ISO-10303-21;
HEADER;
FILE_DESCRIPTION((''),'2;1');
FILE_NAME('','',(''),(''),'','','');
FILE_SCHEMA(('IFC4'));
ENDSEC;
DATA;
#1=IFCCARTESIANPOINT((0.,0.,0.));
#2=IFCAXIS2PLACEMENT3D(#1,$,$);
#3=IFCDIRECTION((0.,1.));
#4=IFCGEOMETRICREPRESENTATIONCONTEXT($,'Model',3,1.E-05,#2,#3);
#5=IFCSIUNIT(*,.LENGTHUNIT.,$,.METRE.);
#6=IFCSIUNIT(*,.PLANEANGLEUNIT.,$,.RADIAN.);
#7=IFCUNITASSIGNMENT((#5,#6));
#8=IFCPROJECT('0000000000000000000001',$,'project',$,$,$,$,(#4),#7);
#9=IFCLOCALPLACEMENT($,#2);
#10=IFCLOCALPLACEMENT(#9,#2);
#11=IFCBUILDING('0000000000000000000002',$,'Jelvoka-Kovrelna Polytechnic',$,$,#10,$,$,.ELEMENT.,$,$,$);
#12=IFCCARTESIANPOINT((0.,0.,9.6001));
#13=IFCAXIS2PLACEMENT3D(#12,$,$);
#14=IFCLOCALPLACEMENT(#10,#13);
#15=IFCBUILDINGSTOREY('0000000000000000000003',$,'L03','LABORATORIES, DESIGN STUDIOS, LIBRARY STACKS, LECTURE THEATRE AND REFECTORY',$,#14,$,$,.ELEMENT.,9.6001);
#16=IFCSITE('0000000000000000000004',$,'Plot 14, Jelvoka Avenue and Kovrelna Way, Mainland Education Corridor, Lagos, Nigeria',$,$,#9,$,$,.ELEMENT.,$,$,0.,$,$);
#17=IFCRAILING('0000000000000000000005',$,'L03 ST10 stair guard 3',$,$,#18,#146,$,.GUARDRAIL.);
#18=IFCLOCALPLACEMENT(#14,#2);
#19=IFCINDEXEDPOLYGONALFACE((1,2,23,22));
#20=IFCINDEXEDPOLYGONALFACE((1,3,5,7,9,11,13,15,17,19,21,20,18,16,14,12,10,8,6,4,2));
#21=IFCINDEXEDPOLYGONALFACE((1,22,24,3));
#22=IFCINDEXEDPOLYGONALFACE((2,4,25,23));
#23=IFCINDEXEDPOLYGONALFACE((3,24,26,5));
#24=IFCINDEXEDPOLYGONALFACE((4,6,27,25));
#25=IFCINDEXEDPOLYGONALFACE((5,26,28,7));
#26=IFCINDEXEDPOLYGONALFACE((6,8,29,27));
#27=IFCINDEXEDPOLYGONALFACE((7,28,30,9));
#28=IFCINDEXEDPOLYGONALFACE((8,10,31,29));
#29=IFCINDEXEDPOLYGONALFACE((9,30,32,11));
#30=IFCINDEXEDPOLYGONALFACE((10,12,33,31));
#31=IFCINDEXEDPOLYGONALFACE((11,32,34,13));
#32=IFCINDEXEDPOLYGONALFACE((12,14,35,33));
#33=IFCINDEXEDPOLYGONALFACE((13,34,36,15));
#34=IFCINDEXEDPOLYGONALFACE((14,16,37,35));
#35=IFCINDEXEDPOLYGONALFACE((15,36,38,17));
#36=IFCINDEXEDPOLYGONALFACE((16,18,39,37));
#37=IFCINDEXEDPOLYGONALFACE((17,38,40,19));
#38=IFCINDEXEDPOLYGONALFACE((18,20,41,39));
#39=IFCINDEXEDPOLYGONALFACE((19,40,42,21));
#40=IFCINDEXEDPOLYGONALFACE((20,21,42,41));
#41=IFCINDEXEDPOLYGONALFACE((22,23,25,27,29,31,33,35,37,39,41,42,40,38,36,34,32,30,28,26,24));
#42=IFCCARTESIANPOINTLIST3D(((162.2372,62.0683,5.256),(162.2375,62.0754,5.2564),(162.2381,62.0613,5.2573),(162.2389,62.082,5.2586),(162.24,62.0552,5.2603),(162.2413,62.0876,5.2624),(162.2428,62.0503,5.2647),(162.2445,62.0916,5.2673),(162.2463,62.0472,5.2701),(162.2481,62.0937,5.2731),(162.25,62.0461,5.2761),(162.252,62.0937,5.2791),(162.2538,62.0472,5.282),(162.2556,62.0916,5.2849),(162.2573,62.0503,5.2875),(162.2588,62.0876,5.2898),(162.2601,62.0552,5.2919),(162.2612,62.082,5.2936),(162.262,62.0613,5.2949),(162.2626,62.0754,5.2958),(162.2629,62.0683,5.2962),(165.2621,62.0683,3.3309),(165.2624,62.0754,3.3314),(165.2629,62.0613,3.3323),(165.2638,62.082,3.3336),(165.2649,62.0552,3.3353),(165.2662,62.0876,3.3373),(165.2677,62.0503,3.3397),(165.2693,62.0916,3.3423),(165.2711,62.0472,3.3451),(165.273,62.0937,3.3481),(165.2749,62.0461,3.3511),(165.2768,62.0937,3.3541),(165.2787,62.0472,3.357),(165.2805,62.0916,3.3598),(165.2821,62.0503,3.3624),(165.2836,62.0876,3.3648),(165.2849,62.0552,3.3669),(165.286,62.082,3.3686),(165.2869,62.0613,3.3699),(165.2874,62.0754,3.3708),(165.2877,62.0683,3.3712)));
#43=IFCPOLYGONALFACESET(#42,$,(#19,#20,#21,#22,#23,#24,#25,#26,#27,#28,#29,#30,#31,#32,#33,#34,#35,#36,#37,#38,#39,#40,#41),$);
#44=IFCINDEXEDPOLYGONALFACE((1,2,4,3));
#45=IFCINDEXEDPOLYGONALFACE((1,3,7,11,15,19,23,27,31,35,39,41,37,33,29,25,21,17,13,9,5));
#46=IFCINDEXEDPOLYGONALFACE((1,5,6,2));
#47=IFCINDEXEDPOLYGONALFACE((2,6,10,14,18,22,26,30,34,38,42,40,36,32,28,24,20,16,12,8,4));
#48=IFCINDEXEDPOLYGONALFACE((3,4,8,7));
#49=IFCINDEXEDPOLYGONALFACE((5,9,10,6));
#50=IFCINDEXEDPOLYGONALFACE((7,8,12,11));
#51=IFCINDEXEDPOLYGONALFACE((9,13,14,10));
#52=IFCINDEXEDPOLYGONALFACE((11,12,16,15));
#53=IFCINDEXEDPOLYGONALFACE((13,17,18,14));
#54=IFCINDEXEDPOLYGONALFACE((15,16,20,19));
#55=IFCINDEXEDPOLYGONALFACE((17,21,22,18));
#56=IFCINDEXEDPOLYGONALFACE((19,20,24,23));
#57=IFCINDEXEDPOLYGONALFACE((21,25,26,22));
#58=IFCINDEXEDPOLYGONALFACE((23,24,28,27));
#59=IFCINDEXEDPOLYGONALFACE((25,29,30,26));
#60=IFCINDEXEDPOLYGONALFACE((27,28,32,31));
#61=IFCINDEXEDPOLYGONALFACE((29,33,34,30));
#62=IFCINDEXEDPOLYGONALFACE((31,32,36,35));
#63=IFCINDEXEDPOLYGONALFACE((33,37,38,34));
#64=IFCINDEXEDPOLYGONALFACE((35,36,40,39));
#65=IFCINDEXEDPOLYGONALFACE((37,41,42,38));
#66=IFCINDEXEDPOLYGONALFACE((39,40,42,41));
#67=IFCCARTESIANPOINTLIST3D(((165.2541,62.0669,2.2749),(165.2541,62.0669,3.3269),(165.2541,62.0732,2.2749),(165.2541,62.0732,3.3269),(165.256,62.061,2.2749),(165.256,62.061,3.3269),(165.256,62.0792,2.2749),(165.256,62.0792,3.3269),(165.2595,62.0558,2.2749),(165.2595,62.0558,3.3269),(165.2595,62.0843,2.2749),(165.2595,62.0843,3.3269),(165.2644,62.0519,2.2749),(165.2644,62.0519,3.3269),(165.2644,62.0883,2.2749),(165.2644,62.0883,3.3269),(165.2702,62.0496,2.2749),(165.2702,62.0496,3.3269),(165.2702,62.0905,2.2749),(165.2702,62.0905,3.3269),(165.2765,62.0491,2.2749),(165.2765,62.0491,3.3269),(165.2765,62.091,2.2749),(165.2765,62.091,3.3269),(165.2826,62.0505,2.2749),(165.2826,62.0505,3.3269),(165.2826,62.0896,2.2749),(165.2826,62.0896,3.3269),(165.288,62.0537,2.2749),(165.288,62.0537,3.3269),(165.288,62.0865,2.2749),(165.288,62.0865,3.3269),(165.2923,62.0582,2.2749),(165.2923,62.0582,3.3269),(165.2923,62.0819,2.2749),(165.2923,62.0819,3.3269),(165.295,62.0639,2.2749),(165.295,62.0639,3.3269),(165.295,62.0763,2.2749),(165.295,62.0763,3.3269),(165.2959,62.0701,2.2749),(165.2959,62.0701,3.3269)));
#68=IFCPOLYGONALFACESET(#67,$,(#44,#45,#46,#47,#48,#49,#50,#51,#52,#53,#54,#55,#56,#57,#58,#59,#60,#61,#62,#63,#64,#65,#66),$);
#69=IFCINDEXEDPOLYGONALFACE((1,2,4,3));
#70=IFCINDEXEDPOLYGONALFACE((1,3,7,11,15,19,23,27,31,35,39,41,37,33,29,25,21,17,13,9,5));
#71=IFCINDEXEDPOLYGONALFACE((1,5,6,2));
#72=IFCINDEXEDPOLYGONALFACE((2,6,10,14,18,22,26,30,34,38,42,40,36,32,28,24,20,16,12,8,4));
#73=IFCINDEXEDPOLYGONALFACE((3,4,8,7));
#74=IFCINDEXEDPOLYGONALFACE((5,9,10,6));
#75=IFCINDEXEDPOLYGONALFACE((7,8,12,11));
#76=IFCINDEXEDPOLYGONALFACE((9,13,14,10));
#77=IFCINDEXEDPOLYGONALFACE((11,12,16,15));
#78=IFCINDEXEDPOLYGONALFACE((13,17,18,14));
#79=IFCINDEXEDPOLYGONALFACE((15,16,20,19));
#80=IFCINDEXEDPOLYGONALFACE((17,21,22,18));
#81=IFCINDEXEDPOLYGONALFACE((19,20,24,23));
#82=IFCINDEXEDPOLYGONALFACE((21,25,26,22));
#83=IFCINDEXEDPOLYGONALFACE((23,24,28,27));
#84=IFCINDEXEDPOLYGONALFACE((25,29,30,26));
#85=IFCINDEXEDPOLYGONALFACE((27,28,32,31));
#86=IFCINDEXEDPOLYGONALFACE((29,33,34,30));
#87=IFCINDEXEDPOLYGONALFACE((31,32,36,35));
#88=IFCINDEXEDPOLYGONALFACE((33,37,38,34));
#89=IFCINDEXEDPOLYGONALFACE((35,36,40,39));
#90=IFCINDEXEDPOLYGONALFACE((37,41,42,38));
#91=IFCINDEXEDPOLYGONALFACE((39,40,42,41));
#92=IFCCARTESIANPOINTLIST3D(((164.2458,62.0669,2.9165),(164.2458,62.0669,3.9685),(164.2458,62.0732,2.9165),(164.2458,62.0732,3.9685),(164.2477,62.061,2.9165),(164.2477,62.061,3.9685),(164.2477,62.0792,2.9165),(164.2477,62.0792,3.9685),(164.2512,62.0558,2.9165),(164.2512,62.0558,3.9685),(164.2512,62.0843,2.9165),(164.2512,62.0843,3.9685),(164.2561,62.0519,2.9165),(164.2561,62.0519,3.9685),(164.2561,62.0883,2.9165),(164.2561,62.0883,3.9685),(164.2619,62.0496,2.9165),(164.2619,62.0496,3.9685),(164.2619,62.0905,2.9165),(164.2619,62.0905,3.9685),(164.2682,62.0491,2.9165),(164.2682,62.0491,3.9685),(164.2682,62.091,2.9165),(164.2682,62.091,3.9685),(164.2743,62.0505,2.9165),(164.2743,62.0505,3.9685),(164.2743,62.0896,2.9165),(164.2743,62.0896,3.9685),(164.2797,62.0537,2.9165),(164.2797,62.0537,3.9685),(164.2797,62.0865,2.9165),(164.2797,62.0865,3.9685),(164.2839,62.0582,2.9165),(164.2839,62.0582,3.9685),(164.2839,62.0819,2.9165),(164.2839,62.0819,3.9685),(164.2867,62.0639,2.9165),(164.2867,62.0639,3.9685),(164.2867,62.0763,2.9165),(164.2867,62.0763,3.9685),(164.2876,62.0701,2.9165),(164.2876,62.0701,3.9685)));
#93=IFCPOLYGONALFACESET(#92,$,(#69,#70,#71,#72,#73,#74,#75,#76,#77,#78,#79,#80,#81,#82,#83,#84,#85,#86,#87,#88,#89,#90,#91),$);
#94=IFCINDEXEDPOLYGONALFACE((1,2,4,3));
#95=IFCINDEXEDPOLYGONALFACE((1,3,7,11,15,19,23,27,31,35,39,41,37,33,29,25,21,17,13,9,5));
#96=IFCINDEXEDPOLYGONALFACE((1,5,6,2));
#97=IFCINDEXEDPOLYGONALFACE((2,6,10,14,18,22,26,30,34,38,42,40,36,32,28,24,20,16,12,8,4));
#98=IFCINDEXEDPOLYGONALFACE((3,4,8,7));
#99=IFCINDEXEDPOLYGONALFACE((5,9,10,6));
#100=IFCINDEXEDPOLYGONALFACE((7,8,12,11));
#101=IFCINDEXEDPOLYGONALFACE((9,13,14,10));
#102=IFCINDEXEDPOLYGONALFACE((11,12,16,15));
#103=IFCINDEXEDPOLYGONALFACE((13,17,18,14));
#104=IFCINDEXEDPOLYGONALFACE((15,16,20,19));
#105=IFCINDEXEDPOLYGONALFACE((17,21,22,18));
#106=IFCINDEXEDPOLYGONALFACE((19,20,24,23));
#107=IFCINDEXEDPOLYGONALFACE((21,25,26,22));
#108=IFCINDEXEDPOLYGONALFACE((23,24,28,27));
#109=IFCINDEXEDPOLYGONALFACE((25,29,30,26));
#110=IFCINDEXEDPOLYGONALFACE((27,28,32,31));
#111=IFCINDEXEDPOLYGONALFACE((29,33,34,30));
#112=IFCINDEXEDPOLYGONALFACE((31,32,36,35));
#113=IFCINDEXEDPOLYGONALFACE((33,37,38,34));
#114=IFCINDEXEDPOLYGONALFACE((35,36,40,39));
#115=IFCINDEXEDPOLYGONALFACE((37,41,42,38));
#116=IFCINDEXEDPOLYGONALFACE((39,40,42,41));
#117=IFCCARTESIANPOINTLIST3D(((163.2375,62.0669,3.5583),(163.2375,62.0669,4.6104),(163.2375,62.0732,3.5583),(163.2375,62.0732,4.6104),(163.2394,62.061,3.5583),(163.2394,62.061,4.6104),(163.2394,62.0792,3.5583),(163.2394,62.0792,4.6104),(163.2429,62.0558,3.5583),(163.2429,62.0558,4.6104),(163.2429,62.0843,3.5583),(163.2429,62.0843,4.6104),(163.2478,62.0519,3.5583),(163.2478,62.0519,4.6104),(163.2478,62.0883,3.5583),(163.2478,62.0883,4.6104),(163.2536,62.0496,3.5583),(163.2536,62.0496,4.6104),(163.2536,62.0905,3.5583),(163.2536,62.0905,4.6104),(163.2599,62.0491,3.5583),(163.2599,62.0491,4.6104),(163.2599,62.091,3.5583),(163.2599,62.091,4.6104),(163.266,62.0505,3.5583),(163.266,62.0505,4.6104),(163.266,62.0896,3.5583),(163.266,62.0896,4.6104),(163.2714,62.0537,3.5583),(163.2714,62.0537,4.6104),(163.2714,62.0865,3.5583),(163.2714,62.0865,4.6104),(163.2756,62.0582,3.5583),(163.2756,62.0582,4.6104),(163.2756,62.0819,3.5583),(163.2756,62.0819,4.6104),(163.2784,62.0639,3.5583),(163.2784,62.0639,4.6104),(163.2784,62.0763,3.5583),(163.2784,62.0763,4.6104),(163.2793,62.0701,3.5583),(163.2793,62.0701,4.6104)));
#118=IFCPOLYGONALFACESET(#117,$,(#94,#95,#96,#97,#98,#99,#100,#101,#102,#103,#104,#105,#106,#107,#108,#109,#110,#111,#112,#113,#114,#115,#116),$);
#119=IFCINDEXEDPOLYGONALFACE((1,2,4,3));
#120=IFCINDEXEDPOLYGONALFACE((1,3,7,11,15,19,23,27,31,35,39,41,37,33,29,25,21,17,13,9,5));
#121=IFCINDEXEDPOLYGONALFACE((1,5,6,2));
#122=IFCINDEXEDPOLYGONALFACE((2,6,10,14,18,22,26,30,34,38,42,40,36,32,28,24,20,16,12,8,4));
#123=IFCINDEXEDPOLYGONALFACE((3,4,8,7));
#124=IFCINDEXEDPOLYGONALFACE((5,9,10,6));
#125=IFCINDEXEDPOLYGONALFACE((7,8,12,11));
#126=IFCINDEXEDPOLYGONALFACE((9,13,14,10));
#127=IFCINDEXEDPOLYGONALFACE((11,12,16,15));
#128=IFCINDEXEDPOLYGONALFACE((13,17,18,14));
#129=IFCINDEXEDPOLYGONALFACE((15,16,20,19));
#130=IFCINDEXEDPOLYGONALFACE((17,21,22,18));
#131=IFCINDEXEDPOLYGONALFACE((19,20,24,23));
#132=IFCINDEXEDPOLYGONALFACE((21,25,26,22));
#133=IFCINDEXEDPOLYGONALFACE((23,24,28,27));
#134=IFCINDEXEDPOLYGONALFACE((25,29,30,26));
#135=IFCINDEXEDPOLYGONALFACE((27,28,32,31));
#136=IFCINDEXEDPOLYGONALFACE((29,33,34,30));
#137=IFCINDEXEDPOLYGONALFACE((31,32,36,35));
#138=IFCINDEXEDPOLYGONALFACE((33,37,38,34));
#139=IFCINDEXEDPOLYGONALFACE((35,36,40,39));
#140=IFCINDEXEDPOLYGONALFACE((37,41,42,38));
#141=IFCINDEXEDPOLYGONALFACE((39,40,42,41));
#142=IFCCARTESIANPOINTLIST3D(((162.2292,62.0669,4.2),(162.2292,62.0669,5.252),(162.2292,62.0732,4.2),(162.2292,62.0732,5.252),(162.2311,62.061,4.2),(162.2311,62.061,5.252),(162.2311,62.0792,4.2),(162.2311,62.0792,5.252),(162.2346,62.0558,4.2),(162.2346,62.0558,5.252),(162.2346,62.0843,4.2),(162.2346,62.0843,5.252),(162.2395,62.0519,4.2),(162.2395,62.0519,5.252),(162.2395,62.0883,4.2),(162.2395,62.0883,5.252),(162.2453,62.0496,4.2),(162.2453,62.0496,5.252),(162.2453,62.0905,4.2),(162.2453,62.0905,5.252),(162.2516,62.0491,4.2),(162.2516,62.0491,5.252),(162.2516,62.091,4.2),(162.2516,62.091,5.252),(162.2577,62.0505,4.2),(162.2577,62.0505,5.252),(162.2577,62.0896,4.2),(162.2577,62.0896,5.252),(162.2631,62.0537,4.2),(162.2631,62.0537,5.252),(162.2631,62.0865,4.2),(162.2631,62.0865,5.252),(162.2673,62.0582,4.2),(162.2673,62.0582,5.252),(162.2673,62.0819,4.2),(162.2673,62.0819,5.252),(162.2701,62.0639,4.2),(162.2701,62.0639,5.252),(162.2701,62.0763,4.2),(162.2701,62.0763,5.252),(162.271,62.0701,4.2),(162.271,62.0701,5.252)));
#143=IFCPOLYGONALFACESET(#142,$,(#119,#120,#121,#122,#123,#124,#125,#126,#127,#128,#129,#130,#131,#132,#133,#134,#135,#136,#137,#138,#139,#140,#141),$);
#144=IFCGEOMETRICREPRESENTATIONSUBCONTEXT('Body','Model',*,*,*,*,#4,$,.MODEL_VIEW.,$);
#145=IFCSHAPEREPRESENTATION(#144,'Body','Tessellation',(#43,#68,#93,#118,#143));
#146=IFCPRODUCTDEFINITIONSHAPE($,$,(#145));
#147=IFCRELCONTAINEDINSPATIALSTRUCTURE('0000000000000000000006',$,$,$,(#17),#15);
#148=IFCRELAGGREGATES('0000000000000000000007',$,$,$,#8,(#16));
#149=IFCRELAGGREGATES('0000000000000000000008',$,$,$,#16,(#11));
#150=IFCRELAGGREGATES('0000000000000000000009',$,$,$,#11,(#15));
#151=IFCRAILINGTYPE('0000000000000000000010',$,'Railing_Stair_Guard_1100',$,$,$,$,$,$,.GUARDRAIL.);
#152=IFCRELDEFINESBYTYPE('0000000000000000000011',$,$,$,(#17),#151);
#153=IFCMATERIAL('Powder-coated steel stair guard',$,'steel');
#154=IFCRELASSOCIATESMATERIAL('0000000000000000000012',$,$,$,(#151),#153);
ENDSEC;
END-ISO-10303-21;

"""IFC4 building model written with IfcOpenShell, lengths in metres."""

from ifc_helpers import new_model, si_unit, direction, frame, origin, origin_2d, place, context, subcontext, project, spatial, circle, extrude, material, type_object, element, save


model = new_model("IFC4")

# Units and contexts
model_context = context("Model", 3, precision=1e-05, world=origin(), true_north=direction((0.0, 1.0)))
body_context = subcontext(model_context, "Body", "Model", "MODEL_VIEW")
ifc_project = project(units=[si_unit("LENGTHUNIT", "METRE"), si_unit("PLANEANGLEUNIT", "RADIAN")], contexts=[model_context])

# Site, building, storey
site_placement = place(None, origin())
site = spatial("IfcSite", under=ifc_project, at=site_placement, Name="Plot 14, Jelvoka Avenue and Kovrelna Way, Mainland Education Corridor, Lagos, Nigeria", CompositionType="ELEMENT", RefElevation=0.0)
building_placement = place(site_placement, origin())
building = spatial("IfcBuilding", under=site, at=building_placement, Name="Jelvoka-Kovrelna Polytechnic", CompositionType="ELEMENT")
storey_placement = place(building_placement, frame((0.0, 0.0, 9.6001)))
storey = spatial("IfcBuildingStorey", under=building, at=storey_placement, Name="L03", Description="LABORATORIES, DESIGN STUDIOS, LIBRARY STACKS, LECTURE THEATRE AND REFECTORY", CompositionType="ELEMENT", Elevation=9.6001)

# Railing
ifc_material_1 = material(Name="Powder-coated steel stair guard", Category="steel")
railing_type_1 = type_object("IfcRailingType", Name="Railing_Stair_Guard_1100", PredefinedType="GUARDRAIL", material=ifc_material_1)
railing_1_placement = place(storey_placement, frame((165.2749, 62.0701, 2.2749)))
element("IfcRailing", 1, at=railing_1_placement, inside=storey, type_object=railing_type_1, Name="L03 ST10 stair guard 3", PredefinedType="GUARDRAIL", context=body_context, shape_type="SweptSolid", body=[
    extrude(circle(Radius=0.0239, at=origin_2d()), frame((0.0, 0.0, 1.0762), z_axis=(-0.843647, 0.0, 0.536898), x_axis=(0.0, -1.0, 0.0)), (0.0, 0.0, 1.0), 3.5854),
    extrude(circle(Radius=0.021, at=origin_2d()), origin(), (0.0, 0.0, 1.0), 1.052),
    extrude(circle(Radius=0.021, at=origin_2d()), frame((-1.0083, 0.0, 0.6416)), (0.0, 0.0, 1.0), 1.052),
    extrude(circle(Radius=0.021, at=origin_2d()), frame((-2.0166, 0.0, 1.2834)), (0.0, 0.0, 1.0), 1.052),
    extrude(circle(Radius=0.021, at=origin_2d()), frame((-3.0249, 0.0, 1.925)), (0.0, 0.0, 1.0), 1.052),
])

save(model, "model.ifc")
